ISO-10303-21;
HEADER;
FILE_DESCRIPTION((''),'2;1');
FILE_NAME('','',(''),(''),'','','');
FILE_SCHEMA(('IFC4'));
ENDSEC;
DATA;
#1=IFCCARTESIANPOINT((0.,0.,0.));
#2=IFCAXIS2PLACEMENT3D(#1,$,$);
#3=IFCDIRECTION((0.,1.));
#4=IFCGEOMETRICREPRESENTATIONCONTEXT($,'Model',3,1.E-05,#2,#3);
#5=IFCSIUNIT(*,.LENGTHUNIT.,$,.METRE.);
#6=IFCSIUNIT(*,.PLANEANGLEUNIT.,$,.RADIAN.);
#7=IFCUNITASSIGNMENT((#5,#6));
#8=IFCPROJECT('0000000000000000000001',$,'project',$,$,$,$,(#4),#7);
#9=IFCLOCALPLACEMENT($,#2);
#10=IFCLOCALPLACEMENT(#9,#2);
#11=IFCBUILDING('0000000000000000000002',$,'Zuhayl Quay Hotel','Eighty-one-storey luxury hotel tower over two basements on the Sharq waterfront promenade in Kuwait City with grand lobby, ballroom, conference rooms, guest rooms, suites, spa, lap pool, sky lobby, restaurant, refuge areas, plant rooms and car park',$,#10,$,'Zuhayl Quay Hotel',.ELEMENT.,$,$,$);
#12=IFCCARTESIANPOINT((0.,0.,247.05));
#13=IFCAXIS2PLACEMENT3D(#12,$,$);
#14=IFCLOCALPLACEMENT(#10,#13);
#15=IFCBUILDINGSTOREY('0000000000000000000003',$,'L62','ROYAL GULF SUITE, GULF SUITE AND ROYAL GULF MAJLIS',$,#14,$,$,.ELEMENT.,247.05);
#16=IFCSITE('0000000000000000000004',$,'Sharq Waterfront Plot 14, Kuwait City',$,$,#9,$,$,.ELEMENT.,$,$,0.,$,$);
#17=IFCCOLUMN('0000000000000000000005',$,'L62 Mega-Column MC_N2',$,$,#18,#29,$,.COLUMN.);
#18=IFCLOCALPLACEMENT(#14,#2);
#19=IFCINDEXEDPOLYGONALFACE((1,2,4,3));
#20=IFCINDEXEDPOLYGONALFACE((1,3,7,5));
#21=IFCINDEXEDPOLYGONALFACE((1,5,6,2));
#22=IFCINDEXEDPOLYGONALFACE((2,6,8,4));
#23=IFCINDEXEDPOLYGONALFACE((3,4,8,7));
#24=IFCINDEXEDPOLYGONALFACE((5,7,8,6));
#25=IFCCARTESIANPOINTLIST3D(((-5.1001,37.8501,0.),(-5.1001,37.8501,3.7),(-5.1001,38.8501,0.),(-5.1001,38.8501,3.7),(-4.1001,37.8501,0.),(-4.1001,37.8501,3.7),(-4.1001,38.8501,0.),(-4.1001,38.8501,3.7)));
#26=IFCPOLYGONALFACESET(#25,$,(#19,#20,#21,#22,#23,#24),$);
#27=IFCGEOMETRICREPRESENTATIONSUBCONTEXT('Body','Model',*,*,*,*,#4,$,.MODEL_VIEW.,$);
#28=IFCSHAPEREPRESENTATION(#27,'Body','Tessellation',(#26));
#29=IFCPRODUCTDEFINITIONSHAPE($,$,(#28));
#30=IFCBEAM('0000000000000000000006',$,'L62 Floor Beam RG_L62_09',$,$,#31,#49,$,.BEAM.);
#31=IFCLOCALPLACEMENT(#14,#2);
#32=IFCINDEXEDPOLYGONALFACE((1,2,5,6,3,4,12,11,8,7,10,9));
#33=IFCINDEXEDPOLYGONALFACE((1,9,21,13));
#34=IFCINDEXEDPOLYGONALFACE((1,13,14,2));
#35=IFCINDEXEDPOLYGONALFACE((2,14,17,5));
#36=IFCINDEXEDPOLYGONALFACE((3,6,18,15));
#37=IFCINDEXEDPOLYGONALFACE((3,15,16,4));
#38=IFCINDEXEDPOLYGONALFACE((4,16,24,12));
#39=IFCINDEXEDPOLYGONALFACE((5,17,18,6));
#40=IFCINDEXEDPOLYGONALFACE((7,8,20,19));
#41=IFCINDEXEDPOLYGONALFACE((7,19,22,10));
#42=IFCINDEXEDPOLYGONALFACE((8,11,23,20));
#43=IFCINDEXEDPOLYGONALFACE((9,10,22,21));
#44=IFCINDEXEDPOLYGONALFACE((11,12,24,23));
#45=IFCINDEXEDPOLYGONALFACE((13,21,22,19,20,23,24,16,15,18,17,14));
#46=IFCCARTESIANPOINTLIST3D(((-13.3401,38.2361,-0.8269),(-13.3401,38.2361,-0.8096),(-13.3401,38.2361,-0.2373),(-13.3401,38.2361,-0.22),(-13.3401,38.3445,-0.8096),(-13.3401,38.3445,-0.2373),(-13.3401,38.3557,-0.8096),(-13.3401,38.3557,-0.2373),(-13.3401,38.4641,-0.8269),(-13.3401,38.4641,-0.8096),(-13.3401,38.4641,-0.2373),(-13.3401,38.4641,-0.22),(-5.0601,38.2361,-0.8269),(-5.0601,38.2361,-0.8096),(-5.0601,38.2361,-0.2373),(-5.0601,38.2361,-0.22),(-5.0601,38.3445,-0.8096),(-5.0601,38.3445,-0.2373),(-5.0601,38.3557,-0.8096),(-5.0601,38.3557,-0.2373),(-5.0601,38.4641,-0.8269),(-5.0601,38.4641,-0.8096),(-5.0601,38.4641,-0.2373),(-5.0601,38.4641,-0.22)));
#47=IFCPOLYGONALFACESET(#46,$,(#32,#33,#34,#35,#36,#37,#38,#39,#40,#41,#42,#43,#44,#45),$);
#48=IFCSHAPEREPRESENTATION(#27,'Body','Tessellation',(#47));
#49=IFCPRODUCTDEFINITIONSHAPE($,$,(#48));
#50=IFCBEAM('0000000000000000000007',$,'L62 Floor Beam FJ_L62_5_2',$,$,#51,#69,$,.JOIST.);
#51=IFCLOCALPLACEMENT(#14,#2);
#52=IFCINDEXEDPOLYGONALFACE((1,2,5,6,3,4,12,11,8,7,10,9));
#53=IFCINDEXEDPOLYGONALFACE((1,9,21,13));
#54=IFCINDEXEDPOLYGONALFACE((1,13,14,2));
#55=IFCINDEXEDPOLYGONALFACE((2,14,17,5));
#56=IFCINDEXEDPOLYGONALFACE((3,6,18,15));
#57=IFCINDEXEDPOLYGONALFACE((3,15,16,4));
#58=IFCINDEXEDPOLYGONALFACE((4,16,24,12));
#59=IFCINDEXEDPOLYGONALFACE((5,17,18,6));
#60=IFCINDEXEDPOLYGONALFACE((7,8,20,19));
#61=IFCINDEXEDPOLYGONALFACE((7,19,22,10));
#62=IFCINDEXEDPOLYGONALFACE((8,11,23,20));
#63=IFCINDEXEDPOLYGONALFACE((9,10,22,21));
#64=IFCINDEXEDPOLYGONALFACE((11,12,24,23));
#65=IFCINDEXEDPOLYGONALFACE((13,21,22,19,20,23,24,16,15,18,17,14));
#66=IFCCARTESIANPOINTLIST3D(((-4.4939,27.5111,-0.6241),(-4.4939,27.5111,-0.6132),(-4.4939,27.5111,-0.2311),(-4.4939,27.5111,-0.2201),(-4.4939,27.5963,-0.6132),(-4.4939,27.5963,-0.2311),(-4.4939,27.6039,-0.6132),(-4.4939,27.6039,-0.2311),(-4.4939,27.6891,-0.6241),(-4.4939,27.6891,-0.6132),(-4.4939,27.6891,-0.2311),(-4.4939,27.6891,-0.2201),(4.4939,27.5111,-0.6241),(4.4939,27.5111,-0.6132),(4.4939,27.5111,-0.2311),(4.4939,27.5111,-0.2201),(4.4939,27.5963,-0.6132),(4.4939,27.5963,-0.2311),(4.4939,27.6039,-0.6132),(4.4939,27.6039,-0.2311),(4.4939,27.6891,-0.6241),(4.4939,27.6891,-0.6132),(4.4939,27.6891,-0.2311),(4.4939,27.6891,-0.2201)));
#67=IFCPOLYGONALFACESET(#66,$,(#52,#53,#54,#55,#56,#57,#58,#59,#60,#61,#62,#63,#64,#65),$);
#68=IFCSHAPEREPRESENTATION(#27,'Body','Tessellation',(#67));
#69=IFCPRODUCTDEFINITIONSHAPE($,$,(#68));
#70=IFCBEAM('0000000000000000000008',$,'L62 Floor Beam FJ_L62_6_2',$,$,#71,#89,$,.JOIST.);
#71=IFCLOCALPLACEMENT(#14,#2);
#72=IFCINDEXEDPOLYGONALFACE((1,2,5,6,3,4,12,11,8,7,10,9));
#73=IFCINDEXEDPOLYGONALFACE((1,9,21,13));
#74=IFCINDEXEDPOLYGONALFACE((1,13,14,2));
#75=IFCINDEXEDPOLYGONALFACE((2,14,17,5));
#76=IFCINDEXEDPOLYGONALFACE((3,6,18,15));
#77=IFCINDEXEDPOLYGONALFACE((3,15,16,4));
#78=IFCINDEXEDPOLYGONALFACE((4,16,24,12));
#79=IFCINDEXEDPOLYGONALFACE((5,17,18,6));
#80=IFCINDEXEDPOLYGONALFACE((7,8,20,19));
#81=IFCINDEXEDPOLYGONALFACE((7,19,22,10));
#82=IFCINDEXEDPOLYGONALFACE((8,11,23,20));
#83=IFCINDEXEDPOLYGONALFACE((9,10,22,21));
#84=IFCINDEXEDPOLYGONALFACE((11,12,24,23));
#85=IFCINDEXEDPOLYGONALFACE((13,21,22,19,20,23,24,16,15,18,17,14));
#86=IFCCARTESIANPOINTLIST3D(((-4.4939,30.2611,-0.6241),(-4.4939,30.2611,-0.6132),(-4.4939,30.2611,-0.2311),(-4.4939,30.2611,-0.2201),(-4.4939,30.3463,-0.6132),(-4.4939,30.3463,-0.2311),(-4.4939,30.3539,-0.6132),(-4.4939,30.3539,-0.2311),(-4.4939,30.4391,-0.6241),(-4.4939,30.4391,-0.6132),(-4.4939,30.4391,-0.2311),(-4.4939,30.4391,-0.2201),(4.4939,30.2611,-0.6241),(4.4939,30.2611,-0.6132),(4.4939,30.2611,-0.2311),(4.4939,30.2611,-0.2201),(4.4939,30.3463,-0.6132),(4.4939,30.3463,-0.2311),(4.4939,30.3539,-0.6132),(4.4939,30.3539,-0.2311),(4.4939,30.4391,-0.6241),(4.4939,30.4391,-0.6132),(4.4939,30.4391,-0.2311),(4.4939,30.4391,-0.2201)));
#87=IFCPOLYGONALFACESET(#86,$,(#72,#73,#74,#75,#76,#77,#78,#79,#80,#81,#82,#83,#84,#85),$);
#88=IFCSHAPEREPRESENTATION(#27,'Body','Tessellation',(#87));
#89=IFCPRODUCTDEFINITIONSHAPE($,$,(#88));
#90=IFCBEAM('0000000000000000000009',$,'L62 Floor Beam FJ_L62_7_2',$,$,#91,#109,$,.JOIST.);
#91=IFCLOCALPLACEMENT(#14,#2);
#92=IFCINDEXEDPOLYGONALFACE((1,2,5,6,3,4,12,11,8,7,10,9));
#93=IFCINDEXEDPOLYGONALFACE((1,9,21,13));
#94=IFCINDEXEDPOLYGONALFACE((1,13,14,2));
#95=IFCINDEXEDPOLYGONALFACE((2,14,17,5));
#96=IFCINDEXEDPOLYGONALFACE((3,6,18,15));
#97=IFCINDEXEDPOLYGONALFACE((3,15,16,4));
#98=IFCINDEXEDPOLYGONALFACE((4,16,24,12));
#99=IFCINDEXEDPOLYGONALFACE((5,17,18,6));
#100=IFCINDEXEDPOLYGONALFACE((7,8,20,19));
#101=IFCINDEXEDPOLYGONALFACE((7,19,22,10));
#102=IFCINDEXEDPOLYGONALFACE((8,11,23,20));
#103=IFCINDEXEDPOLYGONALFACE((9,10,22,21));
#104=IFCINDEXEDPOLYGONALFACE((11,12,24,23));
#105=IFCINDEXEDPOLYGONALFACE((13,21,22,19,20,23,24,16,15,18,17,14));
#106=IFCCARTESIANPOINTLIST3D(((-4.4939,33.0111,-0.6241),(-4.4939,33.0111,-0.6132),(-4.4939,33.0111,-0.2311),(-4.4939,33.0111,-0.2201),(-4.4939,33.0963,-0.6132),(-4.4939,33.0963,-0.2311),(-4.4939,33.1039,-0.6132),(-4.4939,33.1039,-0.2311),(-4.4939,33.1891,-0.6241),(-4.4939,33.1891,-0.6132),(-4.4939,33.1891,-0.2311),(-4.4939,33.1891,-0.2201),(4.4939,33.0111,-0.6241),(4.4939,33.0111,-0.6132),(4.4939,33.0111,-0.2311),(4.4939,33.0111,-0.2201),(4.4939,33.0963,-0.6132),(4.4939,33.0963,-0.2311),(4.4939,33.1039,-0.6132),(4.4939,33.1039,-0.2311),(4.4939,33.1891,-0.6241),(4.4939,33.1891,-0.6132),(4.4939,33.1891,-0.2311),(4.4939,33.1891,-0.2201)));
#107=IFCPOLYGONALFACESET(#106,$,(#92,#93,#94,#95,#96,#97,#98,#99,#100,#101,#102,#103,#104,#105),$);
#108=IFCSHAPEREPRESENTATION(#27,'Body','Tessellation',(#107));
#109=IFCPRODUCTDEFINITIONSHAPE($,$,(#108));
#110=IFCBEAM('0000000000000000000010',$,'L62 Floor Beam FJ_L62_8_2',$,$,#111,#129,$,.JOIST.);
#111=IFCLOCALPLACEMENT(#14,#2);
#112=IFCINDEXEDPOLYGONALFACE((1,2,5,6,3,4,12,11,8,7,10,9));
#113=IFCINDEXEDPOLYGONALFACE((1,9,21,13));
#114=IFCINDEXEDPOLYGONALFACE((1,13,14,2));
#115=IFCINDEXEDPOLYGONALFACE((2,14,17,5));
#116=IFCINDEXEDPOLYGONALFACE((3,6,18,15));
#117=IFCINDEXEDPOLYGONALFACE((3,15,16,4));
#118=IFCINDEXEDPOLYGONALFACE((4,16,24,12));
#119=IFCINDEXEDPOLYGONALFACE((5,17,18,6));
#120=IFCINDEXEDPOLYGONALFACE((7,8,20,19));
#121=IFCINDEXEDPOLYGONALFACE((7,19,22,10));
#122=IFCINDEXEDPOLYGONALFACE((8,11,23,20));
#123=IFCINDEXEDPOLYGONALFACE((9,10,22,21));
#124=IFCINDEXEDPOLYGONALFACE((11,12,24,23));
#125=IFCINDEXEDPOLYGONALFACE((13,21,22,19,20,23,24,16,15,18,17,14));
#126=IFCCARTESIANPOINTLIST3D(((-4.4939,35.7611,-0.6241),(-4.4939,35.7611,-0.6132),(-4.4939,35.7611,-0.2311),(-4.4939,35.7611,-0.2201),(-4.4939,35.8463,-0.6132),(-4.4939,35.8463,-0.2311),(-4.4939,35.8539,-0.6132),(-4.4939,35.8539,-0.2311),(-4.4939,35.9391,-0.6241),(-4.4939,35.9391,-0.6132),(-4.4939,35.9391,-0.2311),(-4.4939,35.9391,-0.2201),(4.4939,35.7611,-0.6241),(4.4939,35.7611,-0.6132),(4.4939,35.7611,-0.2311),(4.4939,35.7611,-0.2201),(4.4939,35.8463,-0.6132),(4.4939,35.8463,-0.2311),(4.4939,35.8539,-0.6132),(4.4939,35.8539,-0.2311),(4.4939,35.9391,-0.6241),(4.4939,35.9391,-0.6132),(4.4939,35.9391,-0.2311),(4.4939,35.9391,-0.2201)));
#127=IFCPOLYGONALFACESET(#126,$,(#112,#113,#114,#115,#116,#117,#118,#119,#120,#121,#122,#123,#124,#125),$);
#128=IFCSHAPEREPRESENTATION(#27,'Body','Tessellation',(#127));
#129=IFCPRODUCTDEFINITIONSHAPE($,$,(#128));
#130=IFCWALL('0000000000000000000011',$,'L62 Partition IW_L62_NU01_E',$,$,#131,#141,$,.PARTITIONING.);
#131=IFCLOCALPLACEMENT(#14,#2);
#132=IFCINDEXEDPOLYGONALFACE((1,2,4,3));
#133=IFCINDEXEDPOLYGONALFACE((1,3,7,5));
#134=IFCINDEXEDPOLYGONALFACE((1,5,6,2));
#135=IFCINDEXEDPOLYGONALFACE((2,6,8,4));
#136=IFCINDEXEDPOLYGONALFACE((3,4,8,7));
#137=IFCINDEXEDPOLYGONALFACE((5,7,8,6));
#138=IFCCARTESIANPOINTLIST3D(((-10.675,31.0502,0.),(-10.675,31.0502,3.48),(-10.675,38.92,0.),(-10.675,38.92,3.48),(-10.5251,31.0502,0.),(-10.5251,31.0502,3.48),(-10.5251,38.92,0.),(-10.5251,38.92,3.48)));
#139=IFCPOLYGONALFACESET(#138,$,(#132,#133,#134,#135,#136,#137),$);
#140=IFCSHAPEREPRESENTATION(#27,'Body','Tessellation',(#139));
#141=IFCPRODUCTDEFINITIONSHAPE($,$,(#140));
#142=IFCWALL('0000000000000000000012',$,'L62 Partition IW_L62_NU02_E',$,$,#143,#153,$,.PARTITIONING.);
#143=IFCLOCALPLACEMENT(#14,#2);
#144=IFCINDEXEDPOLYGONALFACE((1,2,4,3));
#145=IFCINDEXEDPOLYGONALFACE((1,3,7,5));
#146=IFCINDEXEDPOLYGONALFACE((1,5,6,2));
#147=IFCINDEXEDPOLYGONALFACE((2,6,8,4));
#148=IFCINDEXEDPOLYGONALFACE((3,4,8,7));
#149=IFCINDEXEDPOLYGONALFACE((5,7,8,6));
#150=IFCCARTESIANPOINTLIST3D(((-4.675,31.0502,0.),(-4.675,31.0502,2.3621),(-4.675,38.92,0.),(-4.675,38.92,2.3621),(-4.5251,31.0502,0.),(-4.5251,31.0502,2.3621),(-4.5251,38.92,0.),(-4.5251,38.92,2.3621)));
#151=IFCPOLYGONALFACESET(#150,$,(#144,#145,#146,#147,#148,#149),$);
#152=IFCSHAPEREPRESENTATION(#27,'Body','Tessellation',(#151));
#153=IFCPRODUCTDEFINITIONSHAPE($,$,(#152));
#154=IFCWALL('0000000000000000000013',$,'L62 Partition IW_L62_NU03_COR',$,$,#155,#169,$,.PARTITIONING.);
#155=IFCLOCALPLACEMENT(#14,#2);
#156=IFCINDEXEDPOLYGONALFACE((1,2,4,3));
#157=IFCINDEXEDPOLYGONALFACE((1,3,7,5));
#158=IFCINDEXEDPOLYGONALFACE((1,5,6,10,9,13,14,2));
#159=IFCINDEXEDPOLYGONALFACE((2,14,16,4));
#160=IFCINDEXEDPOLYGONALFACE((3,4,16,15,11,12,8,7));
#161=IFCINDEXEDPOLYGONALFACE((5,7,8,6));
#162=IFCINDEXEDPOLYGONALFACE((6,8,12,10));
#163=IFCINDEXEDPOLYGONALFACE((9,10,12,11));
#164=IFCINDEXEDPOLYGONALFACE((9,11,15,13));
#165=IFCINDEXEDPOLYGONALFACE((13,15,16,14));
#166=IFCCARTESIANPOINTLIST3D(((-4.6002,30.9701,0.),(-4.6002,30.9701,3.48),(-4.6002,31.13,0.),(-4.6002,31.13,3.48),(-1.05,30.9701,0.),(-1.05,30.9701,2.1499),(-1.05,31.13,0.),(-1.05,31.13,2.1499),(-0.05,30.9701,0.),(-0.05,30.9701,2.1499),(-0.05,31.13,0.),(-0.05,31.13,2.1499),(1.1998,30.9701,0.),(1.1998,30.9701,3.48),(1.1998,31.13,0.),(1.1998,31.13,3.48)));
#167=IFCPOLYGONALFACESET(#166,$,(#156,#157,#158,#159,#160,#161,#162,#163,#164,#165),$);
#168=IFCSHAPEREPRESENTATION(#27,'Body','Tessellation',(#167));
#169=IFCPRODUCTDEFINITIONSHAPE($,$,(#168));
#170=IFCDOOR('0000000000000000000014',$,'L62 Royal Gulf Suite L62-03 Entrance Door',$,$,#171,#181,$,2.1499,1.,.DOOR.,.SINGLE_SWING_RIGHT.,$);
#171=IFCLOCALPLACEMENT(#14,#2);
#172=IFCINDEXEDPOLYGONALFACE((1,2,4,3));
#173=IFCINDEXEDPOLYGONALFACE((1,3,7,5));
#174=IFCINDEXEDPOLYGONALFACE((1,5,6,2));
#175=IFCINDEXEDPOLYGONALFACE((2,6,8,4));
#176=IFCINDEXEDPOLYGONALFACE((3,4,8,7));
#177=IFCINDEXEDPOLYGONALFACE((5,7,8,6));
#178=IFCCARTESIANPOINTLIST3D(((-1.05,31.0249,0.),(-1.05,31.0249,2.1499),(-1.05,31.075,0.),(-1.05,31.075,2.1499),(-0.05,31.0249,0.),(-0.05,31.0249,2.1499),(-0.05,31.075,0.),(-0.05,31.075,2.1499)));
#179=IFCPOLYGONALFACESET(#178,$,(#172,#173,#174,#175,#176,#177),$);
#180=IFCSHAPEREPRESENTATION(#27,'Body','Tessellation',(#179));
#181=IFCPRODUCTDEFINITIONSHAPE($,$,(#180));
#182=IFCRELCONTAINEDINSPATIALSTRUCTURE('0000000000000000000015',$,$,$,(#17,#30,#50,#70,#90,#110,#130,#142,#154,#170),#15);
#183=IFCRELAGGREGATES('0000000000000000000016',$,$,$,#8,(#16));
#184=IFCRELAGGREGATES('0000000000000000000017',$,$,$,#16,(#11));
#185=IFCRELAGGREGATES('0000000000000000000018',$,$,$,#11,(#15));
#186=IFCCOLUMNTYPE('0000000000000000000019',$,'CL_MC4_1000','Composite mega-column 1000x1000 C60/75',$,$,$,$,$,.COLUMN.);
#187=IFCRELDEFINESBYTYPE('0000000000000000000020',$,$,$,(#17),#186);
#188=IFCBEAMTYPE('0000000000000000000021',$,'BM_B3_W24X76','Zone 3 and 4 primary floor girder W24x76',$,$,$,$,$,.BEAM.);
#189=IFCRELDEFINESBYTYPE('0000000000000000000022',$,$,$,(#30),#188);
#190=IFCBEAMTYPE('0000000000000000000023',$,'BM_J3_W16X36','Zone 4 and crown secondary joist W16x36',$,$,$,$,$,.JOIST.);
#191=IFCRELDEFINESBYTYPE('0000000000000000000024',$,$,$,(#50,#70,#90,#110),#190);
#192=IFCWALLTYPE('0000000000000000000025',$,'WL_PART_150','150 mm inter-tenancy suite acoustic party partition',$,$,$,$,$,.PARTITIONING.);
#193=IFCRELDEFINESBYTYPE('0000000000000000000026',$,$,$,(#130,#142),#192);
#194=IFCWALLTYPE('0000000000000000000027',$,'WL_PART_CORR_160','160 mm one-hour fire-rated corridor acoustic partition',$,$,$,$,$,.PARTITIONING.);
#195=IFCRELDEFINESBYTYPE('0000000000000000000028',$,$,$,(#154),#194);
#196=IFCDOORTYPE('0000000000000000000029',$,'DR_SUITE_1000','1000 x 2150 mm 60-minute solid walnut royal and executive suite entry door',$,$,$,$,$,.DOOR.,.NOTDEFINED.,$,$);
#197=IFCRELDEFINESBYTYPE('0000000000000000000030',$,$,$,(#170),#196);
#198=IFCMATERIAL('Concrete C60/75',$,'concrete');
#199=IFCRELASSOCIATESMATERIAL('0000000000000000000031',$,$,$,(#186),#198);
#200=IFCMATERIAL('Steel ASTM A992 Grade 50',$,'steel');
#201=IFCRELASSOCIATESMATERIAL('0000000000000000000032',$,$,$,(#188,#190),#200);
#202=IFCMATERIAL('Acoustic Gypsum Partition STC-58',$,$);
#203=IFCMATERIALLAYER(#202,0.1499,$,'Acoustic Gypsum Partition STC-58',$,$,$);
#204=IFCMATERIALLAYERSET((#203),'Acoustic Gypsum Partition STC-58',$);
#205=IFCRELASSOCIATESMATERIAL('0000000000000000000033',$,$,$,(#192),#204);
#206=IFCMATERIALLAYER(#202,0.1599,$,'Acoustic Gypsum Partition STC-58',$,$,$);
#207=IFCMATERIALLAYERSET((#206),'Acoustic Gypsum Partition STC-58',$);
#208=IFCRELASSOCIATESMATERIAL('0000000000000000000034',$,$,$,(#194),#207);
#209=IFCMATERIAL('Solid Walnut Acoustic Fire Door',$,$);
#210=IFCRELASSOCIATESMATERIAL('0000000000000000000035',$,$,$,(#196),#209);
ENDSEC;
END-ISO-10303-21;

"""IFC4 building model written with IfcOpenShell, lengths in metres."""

from ifc_helpers import new_model, si_unit, direction, frame, frame_2d, origin, origin_2d, place, context, subcontext, project, spatial, rectangle, i_section, extrude, material, layer, layer_set, material_profile, profile_set, type_object, element, fill, save


model = new_model("IFC4")

# Units and contexts
model_context = context("Model", 3, precision=1e-05, world=origin(), true_north=direction((0.0, 1.0)))
body_context = subcontext(model_context, "Body", "Model", "MODEL_VIEW")
ifc_project = project(units=[si_unit("LENGTHUNIT", "METRE"), si_unit("PLANEANGLEUNIT", "RADIAN")], contexts=[model_context])

# Site, building, storey
site_placement = place(None, origin())
site = spatial("IfcSite", under=ifc_project, at=site_placement, Name="Sharq Waterfront Plot 14, Kuwait City", CompositionType="ELEMENT", RefElevation=0.0)
building_placement = place(site_placement, origin())
building = spatial("IfcBuilding", under=site, at=building_placement, Name="Zuhayl Quay Hotel", Description="Eighty-one-storey luxury hotel tower over two basements on the Sharq waterfront promenade in Kuwait City with grand lobby, ballroom, conference rooms, guest rooms, suites, spa, lap pool, sky lobby, restaurant, refuge areas, plant rooms and car park", LongName="Zuhayl Quay Hotel", CompositionType="ELEMENT")
storey_placement = place(building_placement, frame((0.0, 0.0, 247.05)))
storey = spatial("IfcBuildingStorey", under=building, at=storey_placement, Name="L62", Description="ROYAL GULF SUITE, GULF SUITE AND ROYAL GULF MAJLIS", CompositionType="ELEMENT", Elevation=247.05)

# Column
ifc_material_1 = material(Name="Concrete C60/75", Category="concrete")
ifc_material_profile_1 = material_profile(ifc_material_1, rectangle(XDim=1.0, YDim=1.0, at=origin_2d()), Name="RC1000X1000")
ifc_profile_set_1 = profile_set([ifc_material_profile_1], Name="Concrete C60/75")
column_type = type_object("IfcColumnType", Name="CL_MC4_1000", Description="Composite mega-column 1000x1000 C60/75", PredefinedType="COLUMN", material=ifc_profile_set_1)
column_placement = place(storey_placement, frame((-4.6001, 38.3501, 0.0), z_axis=(0.0, 0.0, 1.0), x_axis=(1.0, 0.0, 0.0)))
element("IfcColumn", 1, at=column_placement, inside=storey, type_object=column_type, Name="L62 Mega-Column MC_N2", PredefinedType="COLUMN", context=body_context, shape_type="SweptSolid", body=[
    extrude(rectangle(XDim=1.0, YDim=1.0, at=origin_2d()), origin(), (0.0, 0.0, 1.0), 3.7),
])

# Beams
ifc_material_2 = material(Name="Steel ASTM A992 Grade 50", Category="steel")
ifc_material_profile_2 = material_profile(ifc_material_2, i_section(OverallWidth=0.228, OverallDepth=0.6069, WebThickness=0.0112, FlangeThickness=0.0173, at=origin_2d()), Name="W24X76")
ifc_profile_set_2 = profile_set([ifc_material_profile_2], Name="Steel ASTM A992 Grade 50")
beam_type_1 = type_object("IfcBeamType", Name="BM_B3_W24X76", Description="Zone 3 and 4 primary floor girder W24x76", PredefinedType="BEAM", material=ifc_profile_set_2)
beam_placement = place(storey_placement, frame((-5.0601, 38.3501, -0.5234), z_axis=(-1.0, 0.0, 0.0), x_axis=(0.0, -1.0, 0.0)))
element("IfcBeam", 2, at=beam_placement, inside=storey, type_object=beam_type_1, Name="L62 Floor Beam RG_L62_09", PredefinedType="BEAM", context=body_context, shape_type="SweptSolid", body=[
    extrude(i_section(OverallWidth=0.228, OverallDepth=0.6069, WebThickness=0.0112, FlangeThickness=0.0173, at=origin_2d()), origin(), (0.0, 0.0, 1.0), 8.28),
])
ifc_material_profile_3 = material_profile(ifc_material_2, i_section(OverallWidth=0.178, OverallDepth=0.4041, WebThickness=0.0076, FlangeThickness=0.011, at=origin_2d()), Name="W16X36")
ifc_profile_set_3 = profile_set([ifc_material_profile_3], Name="Steel ASTM A992 Grade 50")
beam_type_2 = type_object("IfcBeamType", Name="BM_J3_W16X36", Description="Zone 4 and crown secondary joist W16x36", PredefinedType="JOIST", material=ifc_profile_set_3)
for number, where, z_axis, x_axis, name in (
    (3, (-4.4939, 27.6001, -0.4221), (1.0, 0.0, 0.0), (0.0, 1.0, 0.0), "L62 Floor Beam FJ_L62_5_2"),
    (4, (-4.4939, 30.3501, -0.4221), (1.0, 0.0, 0.0), (0.0, 1.0, 0.0), "L62 Floor Beam FJ_L62_6_2"),
    (5, (-4.4939, 33.1001, -0.4221), (1.0, 0.0, 0.0), (0.0, 1.0, 0.0), "L62 Floor Beam FJ_L62_7_2"),
    (6, (-4.4939, 35.8501, -0.4221), (1.0, 0.0, 0.0), (0.0, 1.0, 0.0), "L62 Floor Beam FJ_L62_8_2"),
):
    element("IfcBeam", number, at=place(storey_placement, frame(where, z_axis=z_axis, x_axis=x_axis)), inside=storey, type_object=beam_type_2, Name=name, PredefinedType="JOIST", context=body_context, shape_type="SweptSolid", body=[
        extrude(i_section(OverallWidth=0.178, OverallDepth=0.4041, WebThickness=0.0076, FlangeThickness=0.011, at=origin_2d()), origin(), (0.0, 0.0, 1.0), 8.9878),
    ])

# Walls
ifc_material_3 = material(Name="Acoustic Gypsum Partition STC-58")
ifc_layer_1 = layer(ifc_material_3, 0.1499, Name="Acoustic Gypsum Partition STC-58")
ifc_layer_set_1 = layer_set([ifc_layer_1], Name="Acoustic Gypsum Partition STC-58")
wall_type_1 = type_object("IfcWallType", Name="WL_PART_150", Description="150 mm inter-tenancy suite acoustic party partition", PredefinedType="PARTITIONING", material=ifc_layer_set_1)
wall_1_placement = place(storey_placement, frame((-10.6001, 31.05, 0.0), z_axis=(0.0, 0.0, 1.0), x_axis=(0.0, 1.0, 0.0)))
element("IfcWall", 7, at=wall_1_placement, inside=storey, type_object=wall_type_1, Name="L62 Partition IW_L62_NU01_E", PredefinedType="PARTITIONING", context=body_context, shape_type="SweptSolid", body=[
    extrude(rectangle(XDim=7.8699, YDim=0.1499, at=frame_2d((3.9351, 0.0))), origin(), (0.0, 0.0, 1.0), 3.48),
])
wall_2_placement = place(storey_placement, frame((-4.6001, 31.05, 0.0), z_axis=(0.0, 0.0, 1.0), x_axis=(0.0, 1.0, 0.0)))
element("IfcWall", 8, at=wall_2_placement, inside=storey, type_object=wall_type_1, Name="L62 Partition IW_L62_NU02_E", PredefinedType="PARTITIONING", context=body_context, shape_type="SweptSolid", body=[
    extrude(rectangle(XDim=7.8699, YDim=0.1499, at=frame_2d((3.9351, 0.0))), origin(), (0.0, 0.0, 1.0), 2.3621),
])

# Wall, opening, door
ifc_layer_2 = layer(ifc_material_3, 0.1599, Name="Acoustic Gypsum Partition STC-58")
ifc_layer_set_2 = layer_set([ifc_layer_2], Name="Acoustic Gypsum Partition STC-58")
wall_type_2 = type_object("IfcWallType", Name="WL_PART_CORR_160", Description="160 mm one-hour fire-rated corridor acoustic partition", PredefinedType="PARTITIONING", material=ifc_layer_set_2)
wall_3_placement = place(storey_placement, frame((-4.6001, 31.05, 0.0), z_axis=(0.0, 0.0, 1.0), x_axis=(1.0, 0.0, 0.0)))
wall_3 = element("IfcWall", 9, at=wall_3_placement, inside=storey, type_object=wall_type_2, Name="L62 Partition IW_L62_NU03_COR", PredefinedType="PARTITIONING", context=body_context, shape_type="SweptSolid", body=[
    extrude(rectangle(XDim=5.8, YDim=0.1599, at=frame_2d((2.8999, 0.0))), origin(), (0.0, 0.0, 1.0), 3.48),
])
opening_1_placement = place(wall_3_placement, frame((3.55, 0.0, 0.0)))
opening_1 = element("IfcOpeningElement", 10, at=opening_1_placement, cuts=wall_3, PredefinedType="OPENING", context=body_context, shape_type="SweptSolid", body=[
    extrude(rectangle(XDim=1.0, YDim=2.1499, at=frame_2d((0.5, 1.075))), frame((0.0, 0.0898, 0.0), z_axis=(0.0, -1.0, 0.0), x_axis=(1.0, 0.0, 0.0)), (0.0, 0.0, 1.0), 0.1799),
])
ifc_material_4 = material(Name="Solid Walnut Acoustic Fire Door")
door_type_1 = type_object("IfcDoorType", Name="DR_SUITE_1000", Description="1000 x 2150 mm 60-minute solid walnut royal and executive suite entry door", OperationType="NOTDEFINED", PredefinedType="DOOR", material=ifc_material_4)
door_1_placement = place(opening_1_placement, origin())
door_1 = element("IfcDoor", 11, at=door_1_placement, inside=storey, type_object=door_type_1, Name="L62 Royal Gulf Suite L62-03 Entrance Door", OperationType="SINGLE_SWING_RIGHT", OverallHeight=2.1499, OverallWidth=1.0, PredefinedType="DOOR", context=body_context, shape_type="SweptSolid", body=[
    extrude(rectangle(XDim=1.0, YDim=2.1499, at=frame_2d((0.5, 1.075))), frame((0.0, 0.0249, 0.0), z_axis=(0.0, -1.0, 0.0), x_axis=(1.0, 0.0, 0.0)), (0.0, 0.0, 1.0), 0.05),
])
fill(opening_1, door_1)

save(model, "model.ifc")
